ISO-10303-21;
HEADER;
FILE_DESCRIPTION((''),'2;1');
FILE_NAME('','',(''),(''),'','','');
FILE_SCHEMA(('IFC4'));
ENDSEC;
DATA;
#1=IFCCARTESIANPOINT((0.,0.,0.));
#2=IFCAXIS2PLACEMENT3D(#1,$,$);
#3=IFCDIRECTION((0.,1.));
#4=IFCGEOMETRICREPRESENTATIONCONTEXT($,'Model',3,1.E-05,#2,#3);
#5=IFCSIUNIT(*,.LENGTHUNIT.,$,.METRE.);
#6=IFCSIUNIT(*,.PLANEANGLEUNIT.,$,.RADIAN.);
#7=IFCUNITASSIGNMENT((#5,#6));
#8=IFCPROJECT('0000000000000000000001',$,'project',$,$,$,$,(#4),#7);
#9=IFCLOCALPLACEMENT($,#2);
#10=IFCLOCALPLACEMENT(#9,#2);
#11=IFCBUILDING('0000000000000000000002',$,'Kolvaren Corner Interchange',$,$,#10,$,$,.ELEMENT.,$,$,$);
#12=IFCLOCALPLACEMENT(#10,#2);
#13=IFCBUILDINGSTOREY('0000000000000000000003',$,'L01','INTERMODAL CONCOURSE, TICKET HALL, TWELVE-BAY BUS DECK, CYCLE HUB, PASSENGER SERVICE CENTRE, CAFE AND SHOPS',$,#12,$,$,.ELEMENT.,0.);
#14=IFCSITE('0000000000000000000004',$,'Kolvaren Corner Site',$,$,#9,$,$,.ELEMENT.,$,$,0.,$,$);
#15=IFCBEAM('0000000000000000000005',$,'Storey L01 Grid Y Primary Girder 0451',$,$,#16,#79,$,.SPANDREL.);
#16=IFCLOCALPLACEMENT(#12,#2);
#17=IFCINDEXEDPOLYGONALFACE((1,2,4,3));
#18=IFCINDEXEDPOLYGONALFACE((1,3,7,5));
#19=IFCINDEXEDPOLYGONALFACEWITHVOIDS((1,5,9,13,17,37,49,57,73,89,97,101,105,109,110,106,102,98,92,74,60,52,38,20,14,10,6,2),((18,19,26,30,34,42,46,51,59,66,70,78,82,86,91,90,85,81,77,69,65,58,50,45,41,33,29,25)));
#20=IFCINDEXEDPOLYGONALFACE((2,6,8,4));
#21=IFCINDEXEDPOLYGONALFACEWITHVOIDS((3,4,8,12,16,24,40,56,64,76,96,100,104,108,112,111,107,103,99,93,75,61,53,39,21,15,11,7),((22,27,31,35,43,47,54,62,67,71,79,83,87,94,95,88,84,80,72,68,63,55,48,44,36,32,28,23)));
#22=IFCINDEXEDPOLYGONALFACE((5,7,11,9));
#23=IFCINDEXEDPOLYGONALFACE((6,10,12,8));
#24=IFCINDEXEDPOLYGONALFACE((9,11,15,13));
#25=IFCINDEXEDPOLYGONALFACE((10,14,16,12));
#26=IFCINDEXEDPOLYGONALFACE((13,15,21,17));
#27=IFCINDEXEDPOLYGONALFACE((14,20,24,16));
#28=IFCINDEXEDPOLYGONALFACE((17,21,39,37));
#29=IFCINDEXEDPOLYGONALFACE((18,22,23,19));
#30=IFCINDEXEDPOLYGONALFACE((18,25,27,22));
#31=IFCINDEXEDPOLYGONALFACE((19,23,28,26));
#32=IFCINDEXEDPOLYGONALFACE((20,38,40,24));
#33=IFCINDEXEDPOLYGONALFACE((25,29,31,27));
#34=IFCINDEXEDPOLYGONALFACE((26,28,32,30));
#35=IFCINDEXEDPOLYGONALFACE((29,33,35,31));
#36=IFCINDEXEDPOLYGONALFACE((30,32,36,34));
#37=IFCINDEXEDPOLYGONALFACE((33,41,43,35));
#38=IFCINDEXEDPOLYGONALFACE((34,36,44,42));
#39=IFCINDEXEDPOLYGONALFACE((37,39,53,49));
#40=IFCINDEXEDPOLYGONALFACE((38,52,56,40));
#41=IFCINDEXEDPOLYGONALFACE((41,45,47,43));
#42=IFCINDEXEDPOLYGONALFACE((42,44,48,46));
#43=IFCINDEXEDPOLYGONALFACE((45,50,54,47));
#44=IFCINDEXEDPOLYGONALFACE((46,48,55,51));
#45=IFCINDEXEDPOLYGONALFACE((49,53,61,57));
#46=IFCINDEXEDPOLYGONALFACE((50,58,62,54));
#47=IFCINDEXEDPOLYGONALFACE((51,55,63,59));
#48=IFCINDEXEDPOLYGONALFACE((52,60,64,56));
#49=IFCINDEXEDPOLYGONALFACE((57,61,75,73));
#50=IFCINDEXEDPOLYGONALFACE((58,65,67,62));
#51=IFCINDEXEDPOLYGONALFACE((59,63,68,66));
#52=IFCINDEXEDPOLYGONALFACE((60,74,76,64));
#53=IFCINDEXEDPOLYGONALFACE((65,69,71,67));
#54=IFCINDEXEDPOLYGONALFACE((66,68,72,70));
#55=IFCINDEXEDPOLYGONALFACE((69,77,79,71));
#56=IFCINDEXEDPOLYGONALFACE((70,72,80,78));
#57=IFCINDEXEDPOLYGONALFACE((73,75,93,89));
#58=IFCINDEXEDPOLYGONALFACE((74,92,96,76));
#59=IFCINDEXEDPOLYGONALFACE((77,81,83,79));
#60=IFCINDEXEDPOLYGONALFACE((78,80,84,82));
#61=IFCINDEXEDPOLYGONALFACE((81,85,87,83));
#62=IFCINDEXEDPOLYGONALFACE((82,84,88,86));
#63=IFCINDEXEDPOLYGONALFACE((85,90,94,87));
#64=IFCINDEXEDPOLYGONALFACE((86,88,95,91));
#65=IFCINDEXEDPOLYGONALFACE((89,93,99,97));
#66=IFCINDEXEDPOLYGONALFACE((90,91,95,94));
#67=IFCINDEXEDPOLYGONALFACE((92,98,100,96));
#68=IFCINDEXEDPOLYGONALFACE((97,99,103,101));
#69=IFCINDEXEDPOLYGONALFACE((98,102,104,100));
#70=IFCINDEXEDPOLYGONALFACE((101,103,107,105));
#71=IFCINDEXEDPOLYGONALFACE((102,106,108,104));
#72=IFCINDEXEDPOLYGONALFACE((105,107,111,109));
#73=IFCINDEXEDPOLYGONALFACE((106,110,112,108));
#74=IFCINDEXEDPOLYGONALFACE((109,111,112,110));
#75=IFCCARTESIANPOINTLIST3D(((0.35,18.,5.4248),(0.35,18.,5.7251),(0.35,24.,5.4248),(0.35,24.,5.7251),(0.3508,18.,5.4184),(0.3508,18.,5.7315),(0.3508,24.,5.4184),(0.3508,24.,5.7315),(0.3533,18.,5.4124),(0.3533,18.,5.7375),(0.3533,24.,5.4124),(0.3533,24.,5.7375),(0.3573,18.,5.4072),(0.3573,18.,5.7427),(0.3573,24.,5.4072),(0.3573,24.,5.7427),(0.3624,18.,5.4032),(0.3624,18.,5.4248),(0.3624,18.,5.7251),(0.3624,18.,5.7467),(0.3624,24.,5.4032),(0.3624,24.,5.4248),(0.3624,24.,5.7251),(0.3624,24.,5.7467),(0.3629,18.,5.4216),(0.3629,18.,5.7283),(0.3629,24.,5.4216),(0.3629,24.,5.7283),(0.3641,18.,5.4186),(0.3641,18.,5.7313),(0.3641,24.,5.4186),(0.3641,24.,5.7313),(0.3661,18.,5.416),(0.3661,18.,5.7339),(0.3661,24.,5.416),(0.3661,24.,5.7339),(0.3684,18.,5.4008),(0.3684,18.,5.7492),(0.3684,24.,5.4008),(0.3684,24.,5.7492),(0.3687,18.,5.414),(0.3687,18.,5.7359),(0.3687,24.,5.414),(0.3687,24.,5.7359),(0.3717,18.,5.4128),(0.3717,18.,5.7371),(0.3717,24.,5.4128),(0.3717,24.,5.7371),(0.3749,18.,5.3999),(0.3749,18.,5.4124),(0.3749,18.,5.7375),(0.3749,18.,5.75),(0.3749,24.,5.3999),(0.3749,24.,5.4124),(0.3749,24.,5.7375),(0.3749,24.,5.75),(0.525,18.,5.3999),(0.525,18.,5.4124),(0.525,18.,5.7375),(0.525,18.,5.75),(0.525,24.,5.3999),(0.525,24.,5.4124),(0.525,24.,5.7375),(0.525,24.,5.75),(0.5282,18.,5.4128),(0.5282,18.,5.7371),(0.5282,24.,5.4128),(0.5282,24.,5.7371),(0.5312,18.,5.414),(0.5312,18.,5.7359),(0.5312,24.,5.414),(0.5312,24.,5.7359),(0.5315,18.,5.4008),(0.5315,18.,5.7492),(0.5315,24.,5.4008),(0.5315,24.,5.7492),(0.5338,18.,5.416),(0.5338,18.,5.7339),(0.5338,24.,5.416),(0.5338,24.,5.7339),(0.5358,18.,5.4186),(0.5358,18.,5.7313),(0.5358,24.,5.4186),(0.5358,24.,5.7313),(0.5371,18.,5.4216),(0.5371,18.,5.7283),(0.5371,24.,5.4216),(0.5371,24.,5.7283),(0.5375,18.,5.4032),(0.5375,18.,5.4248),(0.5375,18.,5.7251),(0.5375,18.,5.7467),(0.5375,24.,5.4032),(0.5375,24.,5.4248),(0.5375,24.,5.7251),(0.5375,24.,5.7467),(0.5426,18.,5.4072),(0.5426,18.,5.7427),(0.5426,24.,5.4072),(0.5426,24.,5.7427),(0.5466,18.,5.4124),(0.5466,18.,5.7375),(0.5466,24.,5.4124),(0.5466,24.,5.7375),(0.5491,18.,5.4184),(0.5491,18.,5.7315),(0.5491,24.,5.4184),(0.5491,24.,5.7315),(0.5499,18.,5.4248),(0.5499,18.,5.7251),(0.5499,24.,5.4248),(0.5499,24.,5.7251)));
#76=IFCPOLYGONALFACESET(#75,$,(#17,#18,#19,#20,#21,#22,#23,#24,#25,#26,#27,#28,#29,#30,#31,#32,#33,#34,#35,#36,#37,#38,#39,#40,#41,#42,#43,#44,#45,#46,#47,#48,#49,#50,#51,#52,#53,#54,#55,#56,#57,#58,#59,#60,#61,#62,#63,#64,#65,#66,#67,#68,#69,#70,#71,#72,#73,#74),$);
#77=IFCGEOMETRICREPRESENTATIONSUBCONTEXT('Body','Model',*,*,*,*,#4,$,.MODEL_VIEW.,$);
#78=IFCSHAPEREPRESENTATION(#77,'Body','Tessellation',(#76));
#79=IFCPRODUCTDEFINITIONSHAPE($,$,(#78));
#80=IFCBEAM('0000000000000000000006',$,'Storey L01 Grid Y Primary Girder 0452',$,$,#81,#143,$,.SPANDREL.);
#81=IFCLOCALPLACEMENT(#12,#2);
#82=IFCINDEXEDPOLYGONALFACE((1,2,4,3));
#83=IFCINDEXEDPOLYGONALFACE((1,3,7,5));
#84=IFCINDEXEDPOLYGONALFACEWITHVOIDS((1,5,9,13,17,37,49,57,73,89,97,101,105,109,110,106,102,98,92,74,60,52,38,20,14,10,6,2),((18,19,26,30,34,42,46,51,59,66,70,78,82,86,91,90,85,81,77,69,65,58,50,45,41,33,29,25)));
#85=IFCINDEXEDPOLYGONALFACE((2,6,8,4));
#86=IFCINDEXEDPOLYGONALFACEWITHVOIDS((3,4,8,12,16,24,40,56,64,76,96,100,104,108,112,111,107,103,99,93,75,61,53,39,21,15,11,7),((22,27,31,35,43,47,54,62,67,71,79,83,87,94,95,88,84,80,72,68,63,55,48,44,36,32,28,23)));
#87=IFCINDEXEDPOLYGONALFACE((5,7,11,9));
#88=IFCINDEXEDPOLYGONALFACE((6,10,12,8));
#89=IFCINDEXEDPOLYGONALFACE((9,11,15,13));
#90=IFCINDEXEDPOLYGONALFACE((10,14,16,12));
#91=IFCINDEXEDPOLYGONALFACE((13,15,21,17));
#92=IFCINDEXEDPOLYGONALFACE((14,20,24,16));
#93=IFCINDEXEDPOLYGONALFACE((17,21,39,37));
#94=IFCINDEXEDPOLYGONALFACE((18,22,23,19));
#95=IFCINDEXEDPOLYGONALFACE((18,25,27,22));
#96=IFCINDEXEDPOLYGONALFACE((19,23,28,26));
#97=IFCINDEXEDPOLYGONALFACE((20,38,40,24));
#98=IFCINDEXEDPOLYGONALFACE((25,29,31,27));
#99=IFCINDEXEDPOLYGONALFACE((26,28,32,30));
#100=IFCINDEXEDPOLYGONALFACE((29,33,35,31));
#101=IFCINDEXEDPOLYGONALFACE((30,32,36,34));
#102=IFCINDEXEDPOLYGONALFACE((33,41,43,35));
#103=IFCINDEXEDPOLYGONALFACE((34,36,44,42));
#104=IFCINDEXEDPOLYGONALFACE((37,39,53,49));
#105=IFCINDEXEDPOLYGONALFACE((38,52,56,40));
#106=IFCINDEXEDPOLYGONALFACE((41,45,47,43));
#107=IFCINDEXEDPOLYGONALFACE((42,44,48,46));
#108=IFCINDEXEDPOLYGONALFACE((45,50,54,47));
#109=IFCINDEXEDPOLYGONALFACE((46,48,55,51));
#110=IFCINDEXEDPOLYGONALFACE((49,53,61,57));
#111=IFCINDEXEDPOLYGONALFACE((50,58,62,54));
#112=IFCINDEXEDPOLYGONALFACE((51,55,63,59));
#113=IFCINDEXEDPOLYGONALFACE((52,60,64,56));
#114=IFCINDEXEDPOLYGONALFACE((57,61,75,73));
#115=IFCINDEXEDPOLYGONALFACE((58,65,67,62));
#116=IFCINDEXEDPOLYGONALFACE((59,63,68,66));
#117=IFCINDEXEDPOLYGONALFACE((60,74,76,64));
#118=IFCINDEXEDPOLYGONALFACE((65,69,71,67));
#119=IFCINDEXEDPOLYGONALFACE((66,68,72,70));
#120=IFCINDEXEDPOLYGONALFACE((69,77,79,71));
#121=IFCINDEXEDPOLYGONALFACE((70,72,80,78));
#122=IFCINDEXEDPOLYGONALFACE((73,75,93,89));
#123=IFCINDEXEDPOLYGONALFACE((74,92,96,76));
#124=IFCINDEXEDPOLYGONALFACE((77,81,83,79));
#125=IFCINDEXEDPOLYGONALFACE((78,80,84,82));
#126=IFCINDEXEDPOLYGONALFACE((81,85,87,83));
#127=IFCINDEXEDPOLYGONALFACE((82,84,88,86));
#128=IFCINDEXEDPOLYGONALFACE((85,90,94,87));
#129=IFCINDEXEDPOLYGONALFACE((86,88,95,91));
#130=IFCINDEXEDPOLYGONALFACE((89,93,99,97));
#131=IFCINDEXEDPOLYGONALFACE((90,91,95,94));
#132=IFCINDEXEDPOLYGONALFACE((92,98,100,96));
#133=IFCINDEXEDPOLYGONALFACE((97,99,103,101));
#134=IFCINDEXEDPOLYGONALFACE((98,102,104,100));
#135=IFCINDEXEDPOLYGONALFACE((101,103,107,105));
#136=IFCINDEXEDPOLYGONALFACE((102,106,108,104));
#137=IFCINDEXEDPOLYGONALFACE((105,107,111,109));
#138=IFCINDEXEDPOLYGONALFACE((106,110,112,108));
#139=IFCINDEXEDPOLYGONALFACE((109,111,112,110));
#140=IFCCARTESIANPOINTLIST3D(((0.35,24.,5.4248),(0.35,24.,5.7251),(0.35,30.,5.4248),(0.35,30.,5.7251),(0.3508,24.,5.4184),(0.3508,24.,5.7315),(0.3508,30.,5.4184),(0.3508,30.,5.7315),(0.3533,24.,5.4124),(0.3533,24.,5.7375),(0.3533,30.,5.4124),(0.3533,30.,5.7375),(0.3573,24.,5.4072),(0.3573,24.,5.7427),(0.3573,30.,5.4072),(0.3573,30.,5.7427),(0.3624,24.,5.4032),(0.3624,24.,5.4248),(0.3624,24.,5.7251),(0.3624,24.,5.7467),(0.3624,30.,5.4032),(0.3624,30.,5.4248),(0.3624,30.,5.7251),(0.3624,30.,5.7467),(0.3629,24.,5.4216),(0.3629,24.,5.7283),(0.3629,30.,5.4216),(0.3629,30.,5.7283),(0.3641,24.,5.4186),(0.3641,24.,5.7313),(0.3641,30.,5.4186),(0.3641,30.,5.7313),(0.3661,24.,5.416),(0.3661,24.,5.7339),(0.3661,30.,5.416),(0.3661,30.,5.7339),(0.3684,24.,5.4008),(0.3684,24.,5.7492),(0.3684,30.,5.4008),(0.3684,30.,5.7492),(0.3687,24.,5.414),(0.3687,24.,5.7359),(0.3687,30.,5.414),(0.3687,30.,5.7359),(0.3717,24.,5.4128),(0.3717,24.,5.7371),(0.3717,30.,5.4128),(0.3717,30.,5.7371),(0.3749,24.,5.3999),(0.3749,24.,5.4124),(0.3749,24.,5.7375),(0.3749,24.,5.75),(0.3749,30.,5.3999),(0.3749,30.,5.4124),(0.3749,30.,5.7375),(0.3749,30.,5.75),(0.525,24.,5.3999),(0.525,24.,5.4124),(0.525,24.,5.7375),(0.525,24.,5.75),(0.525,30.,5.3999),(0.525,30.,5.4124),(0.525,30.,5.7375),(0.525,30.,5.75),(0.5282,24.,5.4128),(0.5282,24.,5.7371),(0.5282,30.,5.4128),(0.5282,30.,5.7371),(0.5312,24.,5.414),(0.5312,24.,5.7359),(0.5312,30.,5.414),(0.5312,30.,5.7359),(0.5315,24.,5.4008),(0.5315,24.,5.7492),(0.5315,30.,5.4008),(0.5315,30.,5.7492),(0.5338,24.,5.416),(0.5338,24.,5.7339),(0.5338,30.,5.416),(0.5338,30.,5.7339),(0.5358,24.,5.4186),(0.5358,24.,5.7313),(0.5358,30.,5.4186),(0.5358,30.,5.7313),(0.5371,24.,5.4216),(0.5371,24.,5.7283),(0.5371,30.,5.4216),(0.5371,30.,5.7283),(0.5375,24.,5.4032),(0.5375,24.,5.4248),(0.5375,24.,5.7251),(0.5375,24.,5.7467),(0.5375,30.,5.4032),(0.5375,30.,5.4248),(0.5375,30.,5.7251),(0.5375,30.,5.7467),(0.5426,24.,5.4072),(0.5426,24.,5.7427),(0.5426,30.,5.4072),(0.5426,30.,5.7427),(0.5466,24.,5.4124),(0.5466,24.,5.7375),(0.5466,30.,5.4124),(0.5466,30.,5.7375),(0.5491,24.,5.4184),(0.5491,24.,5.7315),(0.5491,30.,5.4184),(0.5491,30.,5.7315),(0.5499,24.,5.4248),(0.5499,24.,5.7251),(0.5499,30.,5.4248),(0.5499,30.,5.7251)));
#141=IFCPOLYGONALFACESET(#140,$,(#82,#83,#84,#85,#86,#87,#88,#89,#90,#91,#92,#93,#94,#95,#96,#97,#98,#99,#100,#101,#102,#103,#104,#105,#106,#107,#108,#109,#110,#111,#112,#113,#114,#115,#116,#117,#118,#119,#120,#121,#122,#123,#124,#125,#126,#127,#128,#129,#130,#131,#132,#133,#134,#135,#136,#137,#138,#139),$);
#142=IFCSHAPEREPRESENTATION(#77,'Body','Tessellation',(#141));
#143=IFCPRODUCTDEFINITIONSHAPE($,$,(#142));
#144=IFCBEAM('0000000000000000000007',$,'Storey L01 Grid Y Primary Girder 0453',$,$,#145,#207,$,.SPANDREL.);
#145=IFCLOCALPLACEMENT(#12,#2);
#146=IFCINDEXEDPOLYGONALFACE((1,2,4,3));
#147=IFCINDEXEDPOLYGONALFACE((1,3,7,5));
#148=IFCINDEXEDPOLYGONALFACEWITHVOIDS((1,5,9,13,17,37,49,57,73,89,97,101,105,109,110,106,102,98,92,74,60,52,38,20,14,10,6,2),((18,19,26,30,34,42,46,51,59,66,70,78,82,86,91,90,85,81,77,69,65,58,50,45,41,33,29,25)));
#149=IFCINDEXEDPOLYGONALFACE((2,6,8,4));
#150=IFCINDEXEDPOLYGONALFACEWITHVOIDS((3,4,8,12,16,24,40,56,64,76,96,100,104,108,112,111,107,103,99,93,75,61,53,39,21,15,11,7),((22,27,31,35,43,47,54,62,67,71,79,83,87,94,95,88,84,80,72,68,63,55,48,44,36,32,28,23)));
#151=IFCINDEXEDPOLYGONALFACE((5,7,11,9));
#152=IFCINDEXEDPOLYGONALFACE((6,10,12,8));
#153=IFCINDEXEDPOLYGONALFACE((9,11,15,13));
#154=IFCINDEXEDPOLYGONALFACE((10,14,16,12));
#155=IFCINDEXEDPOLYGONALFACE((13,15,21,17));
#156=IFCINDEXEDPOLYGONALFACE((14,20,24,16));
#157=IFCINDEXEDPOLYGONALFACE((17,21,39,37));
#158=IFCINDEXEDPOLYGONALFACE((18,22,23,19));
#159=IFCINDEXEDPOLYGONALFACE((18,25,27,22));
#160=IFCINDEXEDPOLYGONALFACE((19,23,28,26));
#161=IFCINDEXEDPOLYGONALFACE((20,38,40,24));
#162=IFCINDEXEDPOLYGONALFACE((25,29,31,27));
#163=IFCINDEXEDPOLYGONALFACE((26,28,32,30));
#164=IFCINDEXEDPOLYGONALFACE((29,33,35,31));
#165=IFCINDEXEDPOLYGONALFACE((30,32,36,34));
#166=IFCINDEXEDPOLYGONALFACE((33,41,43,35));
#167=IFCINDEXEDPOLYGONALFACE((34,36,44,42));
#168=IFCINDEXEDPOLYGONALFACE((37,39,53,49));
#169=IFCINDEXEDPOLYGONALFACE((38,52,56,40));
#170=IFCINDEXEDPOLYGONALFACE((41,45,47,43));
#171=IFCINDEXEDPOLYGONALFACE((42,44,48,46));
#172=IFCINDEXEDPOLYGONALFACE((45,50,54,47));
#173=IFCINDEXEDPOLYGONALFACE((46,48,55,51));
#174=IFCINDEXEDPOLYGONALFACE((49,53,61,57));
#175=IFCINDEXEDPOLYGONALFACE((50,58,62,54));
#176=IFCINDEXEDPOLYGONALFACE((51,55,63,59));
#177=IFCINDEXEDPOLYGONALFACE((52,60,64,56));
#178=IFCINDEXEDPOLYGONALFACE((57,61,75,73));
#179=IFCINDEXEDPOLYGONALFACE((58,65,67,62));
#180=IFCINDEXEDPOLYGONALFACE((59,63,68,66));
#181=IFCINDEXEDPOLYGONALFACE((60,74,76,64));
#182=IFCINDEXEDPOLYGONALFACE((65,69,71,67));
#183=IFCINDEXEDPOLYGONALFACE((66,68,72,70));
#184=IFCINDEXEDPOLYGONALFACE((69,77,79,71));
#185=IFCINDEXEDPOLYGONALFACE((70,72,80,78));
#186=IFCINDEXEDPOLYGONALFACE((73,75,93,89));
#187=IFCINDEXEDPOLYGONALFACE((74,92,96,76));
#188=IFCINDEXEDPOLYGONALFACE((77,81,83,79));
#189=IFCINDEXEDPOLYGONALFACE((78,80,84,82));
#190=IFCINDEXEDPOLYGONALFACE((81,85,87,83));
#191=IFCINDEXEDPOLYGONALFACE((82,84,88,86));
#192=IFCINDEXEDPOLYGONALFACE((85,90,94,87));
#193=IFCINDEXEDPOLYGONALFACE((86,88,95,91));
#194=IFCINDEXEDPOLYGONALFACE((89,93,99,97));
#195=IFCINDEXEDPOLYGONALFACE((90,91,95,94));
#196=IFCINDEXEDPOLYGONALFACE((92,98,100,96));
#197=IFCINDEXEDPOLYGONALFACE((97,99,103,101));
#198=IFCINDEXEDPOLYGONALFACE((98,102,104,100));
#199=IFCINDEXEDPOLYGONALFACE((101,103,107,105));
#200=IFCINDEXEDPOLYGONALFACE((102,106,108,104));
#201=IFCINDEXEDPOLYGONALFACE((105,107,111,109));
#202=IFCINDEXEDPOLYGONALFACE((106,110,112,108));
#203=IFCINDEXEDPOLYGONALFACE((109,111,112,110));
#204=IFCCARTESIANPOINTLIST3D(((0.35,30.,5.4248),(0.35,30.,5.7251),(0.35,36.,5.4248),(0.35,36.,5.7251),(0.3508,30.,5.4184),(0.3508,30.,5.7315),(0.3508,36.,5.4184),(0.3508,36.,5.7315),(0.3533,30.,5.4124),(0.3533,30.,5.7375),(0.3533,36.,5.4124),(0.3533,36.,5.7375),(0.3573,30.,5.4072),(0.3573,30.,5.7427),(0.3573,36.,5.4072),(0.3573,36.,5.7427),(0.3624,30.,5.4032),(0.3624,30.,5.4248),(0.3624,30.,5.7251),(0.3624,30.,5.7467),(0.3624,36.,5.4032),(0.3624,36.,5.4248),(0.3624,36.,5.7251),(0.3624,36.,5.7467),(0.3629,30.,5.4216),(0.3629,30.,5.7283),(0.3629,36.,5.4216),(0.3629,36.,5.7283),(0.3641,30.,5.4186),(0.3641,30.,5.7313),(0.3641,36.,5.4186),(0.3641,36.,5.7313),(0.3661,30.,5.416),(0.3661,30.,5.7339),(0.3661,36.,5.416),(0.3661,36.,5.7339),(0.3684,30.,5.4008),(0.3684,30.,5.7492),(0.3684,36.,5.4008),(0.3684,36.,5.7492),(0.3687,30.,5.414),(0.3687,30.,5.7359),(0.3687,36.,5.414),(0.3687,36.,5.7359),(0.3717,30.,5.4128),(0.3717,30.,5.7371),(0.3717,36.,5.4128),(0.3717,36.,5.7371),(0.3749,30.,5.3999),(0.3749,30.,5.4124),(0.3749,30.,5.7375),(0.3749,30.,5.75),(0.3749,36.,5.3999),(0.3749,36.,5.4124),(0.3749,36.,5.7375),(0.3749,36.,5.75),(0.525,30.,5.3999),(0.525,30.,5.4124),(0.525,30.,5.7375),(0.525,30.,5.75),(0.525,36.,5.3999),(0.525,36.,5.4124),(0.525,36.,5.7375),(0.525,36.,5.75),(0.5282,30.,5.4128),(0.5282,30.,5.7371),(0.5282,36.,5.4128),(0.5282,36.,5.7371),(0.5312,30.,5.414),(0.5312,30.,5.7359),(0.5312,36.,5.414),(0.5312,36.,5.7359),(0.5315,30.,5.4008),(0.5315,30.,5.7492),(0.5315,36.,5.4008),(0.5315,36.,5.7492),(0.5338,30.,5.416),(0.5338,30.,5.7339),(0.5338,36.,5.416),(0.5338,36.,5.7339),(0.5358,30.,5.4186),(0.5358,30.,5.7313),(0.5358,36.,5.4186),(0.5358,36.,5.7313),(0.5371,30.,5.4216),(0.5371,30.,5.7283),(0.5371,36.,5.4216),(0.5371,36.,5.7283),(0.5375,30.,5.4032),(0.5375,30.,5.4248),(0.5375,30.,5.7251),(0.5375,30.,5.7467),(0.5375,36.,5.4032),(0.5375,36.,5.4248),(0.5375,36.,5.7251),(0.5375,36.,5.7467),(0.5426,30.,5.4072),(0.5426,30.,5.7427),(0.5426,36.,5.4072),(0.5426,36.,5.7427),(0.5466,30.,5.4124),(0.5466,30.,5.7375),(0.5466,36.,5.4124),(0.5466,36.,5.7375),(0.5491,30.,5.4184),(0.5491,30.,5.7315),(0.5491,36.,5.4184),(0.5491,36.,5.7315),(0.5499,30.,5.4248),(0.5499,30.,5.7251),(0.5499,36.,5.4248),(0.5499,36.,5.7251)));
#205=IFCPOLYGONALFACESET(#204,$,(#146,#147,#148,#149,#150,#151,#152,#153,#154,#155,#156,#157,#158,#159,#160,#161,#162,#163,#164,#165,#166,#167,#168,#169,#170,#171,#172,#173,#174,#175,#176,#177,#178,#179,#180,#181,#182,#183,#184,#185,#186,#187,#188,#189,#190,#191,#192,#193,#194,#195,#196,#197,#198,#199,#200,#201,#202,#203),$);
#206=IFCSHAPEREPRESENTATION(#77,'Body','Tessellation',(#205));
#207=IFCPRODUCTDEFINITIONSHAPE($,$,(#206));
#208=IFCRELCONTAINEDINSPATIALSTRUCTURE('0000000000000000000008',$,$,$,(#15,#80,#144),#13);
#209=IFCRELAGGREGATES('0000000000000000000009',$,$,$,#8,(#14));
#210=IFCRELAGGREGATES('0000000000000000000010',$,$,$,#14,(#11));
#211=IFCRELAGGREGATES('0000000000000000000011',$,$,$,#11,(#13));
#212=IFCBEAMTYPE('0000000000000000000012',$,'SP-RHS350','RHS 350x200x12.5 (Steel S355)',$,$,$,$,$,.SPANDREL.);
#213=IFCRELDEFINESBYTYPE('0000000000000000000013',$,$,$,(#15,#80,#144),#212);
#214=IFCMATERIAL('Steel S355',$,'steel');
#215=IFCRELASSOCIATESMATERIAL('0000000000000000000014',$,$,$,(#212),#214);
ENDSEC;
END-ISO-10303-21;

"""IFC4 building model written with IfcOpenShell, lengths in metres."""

from ifc_helpers import new_model, si_unit, direction, frame, origin, origin_2d, place, context, subcontext, project, spatial, hollow_rectangle, extrude, material, material_profile, profile_set, type_object, element, save


model = new_model("IFC4")

# Units and contexts
model_context = context("Model", 3, precision=1e-05, world=origin(), true_north=direction((0.0, 1.0)))
body_context = subcontext(model_context, "Body", "Model", "MODEL_VIEW")
ifc_project = project(units=[si_unit("LENGTHUNIT", "METRE"), si_unit("PLANEANGLEUNIT", "RADIAN")], contexts=[model_context])

# Site, building, storey
site_placement = place(None, origin())
site = spatial("IfcSite", under=ifc_project, at=site_placement, Name="Kolvaren Corner Site", CompositionType="ELEMENT", RefElevation=0.0)
building_placement = place(site_placement, origin())
building = spatial("IfcBuilding", under=site, at=building_placement, Name="Kolvaren Corner Interchange", CompositionType="ELEMENT")
storey_placement = place(building_placement, origin())
storey = spatial("IfcBuildingStorey", under=building, at=storey_placement, Name="L01", Description="INTERMODAL CONCOURSE, TICKET HALL, TWELVE-BAY BUS DECK, CYCLE HUB, PASSENGER SERVICE CENTRE, CAFE AND SHOPS", CompositionType="ELEMENT", Elevation=0.0)

# Beams
ifc_material_1 = material(Name="Steel S355", Category="steel")
ifc_material_profile_1 = material_profile(ifc_material_1, hollow_rectangle(XDim=0.2, YDim=0.3501, WallThickness=0.0125, InnerFilletRadius=0.0125, OuterFilletRadius=0.0249, at=origin_2d()), Name="RHS 350x200x12.5")
ifc_profile_set_1 = profile_set([ifc_material_profile_1], Name="Steel S355")
beam_type_1 = type_object("IfcBeamType", Name="SP-RHS350", Description="RHS 350x200x12.5 (Steel S355)", PredefinedType="SPANDREL", material=ifc_profile_set_1)
for number, where, z_axis, x_axis, name in (
    (1, (0.45, 18.0, 5.575), (0.0, 1.0, 0.0), (-1.0, 0.0, 0.0), "Storey L01 Grid Y Primary Girder 0451"),
    (2, (0.45, 24.0, 5.575), (0.0, 1.0, 0.0), (-1.0, 0.0, 0.0), "Storey L01 Grid Y Primary Girder 0452"),
    (3, (0.45, 30.0, 5.575), (0.0, 1.0, 0.0), (-1.0, 0.0, 0.0), "Storey L01 Grid Y Primary Girder 0453"),
):
    element("IfcBeam", number, at=place(storey_placement, frame(where, z_axis=z_axis, x_axis=x_axis)), inside=storey, type_object=beam_type_1, Name=name, PredefinedType="SPANDREL", context=body_context, shape_type="SweptSolid", body=[
        extrude(hollow_rectangle(XDim=0.2, YDim=0.3501, WallThickness=0.0125, InnerFilletRadius=0.0125, OuterFilletRadius=0.0249, at=origin_2d()), origin(), (0.0, 0.0, 1.0), 6.0),
    ])

save(model, "model.ifc")
